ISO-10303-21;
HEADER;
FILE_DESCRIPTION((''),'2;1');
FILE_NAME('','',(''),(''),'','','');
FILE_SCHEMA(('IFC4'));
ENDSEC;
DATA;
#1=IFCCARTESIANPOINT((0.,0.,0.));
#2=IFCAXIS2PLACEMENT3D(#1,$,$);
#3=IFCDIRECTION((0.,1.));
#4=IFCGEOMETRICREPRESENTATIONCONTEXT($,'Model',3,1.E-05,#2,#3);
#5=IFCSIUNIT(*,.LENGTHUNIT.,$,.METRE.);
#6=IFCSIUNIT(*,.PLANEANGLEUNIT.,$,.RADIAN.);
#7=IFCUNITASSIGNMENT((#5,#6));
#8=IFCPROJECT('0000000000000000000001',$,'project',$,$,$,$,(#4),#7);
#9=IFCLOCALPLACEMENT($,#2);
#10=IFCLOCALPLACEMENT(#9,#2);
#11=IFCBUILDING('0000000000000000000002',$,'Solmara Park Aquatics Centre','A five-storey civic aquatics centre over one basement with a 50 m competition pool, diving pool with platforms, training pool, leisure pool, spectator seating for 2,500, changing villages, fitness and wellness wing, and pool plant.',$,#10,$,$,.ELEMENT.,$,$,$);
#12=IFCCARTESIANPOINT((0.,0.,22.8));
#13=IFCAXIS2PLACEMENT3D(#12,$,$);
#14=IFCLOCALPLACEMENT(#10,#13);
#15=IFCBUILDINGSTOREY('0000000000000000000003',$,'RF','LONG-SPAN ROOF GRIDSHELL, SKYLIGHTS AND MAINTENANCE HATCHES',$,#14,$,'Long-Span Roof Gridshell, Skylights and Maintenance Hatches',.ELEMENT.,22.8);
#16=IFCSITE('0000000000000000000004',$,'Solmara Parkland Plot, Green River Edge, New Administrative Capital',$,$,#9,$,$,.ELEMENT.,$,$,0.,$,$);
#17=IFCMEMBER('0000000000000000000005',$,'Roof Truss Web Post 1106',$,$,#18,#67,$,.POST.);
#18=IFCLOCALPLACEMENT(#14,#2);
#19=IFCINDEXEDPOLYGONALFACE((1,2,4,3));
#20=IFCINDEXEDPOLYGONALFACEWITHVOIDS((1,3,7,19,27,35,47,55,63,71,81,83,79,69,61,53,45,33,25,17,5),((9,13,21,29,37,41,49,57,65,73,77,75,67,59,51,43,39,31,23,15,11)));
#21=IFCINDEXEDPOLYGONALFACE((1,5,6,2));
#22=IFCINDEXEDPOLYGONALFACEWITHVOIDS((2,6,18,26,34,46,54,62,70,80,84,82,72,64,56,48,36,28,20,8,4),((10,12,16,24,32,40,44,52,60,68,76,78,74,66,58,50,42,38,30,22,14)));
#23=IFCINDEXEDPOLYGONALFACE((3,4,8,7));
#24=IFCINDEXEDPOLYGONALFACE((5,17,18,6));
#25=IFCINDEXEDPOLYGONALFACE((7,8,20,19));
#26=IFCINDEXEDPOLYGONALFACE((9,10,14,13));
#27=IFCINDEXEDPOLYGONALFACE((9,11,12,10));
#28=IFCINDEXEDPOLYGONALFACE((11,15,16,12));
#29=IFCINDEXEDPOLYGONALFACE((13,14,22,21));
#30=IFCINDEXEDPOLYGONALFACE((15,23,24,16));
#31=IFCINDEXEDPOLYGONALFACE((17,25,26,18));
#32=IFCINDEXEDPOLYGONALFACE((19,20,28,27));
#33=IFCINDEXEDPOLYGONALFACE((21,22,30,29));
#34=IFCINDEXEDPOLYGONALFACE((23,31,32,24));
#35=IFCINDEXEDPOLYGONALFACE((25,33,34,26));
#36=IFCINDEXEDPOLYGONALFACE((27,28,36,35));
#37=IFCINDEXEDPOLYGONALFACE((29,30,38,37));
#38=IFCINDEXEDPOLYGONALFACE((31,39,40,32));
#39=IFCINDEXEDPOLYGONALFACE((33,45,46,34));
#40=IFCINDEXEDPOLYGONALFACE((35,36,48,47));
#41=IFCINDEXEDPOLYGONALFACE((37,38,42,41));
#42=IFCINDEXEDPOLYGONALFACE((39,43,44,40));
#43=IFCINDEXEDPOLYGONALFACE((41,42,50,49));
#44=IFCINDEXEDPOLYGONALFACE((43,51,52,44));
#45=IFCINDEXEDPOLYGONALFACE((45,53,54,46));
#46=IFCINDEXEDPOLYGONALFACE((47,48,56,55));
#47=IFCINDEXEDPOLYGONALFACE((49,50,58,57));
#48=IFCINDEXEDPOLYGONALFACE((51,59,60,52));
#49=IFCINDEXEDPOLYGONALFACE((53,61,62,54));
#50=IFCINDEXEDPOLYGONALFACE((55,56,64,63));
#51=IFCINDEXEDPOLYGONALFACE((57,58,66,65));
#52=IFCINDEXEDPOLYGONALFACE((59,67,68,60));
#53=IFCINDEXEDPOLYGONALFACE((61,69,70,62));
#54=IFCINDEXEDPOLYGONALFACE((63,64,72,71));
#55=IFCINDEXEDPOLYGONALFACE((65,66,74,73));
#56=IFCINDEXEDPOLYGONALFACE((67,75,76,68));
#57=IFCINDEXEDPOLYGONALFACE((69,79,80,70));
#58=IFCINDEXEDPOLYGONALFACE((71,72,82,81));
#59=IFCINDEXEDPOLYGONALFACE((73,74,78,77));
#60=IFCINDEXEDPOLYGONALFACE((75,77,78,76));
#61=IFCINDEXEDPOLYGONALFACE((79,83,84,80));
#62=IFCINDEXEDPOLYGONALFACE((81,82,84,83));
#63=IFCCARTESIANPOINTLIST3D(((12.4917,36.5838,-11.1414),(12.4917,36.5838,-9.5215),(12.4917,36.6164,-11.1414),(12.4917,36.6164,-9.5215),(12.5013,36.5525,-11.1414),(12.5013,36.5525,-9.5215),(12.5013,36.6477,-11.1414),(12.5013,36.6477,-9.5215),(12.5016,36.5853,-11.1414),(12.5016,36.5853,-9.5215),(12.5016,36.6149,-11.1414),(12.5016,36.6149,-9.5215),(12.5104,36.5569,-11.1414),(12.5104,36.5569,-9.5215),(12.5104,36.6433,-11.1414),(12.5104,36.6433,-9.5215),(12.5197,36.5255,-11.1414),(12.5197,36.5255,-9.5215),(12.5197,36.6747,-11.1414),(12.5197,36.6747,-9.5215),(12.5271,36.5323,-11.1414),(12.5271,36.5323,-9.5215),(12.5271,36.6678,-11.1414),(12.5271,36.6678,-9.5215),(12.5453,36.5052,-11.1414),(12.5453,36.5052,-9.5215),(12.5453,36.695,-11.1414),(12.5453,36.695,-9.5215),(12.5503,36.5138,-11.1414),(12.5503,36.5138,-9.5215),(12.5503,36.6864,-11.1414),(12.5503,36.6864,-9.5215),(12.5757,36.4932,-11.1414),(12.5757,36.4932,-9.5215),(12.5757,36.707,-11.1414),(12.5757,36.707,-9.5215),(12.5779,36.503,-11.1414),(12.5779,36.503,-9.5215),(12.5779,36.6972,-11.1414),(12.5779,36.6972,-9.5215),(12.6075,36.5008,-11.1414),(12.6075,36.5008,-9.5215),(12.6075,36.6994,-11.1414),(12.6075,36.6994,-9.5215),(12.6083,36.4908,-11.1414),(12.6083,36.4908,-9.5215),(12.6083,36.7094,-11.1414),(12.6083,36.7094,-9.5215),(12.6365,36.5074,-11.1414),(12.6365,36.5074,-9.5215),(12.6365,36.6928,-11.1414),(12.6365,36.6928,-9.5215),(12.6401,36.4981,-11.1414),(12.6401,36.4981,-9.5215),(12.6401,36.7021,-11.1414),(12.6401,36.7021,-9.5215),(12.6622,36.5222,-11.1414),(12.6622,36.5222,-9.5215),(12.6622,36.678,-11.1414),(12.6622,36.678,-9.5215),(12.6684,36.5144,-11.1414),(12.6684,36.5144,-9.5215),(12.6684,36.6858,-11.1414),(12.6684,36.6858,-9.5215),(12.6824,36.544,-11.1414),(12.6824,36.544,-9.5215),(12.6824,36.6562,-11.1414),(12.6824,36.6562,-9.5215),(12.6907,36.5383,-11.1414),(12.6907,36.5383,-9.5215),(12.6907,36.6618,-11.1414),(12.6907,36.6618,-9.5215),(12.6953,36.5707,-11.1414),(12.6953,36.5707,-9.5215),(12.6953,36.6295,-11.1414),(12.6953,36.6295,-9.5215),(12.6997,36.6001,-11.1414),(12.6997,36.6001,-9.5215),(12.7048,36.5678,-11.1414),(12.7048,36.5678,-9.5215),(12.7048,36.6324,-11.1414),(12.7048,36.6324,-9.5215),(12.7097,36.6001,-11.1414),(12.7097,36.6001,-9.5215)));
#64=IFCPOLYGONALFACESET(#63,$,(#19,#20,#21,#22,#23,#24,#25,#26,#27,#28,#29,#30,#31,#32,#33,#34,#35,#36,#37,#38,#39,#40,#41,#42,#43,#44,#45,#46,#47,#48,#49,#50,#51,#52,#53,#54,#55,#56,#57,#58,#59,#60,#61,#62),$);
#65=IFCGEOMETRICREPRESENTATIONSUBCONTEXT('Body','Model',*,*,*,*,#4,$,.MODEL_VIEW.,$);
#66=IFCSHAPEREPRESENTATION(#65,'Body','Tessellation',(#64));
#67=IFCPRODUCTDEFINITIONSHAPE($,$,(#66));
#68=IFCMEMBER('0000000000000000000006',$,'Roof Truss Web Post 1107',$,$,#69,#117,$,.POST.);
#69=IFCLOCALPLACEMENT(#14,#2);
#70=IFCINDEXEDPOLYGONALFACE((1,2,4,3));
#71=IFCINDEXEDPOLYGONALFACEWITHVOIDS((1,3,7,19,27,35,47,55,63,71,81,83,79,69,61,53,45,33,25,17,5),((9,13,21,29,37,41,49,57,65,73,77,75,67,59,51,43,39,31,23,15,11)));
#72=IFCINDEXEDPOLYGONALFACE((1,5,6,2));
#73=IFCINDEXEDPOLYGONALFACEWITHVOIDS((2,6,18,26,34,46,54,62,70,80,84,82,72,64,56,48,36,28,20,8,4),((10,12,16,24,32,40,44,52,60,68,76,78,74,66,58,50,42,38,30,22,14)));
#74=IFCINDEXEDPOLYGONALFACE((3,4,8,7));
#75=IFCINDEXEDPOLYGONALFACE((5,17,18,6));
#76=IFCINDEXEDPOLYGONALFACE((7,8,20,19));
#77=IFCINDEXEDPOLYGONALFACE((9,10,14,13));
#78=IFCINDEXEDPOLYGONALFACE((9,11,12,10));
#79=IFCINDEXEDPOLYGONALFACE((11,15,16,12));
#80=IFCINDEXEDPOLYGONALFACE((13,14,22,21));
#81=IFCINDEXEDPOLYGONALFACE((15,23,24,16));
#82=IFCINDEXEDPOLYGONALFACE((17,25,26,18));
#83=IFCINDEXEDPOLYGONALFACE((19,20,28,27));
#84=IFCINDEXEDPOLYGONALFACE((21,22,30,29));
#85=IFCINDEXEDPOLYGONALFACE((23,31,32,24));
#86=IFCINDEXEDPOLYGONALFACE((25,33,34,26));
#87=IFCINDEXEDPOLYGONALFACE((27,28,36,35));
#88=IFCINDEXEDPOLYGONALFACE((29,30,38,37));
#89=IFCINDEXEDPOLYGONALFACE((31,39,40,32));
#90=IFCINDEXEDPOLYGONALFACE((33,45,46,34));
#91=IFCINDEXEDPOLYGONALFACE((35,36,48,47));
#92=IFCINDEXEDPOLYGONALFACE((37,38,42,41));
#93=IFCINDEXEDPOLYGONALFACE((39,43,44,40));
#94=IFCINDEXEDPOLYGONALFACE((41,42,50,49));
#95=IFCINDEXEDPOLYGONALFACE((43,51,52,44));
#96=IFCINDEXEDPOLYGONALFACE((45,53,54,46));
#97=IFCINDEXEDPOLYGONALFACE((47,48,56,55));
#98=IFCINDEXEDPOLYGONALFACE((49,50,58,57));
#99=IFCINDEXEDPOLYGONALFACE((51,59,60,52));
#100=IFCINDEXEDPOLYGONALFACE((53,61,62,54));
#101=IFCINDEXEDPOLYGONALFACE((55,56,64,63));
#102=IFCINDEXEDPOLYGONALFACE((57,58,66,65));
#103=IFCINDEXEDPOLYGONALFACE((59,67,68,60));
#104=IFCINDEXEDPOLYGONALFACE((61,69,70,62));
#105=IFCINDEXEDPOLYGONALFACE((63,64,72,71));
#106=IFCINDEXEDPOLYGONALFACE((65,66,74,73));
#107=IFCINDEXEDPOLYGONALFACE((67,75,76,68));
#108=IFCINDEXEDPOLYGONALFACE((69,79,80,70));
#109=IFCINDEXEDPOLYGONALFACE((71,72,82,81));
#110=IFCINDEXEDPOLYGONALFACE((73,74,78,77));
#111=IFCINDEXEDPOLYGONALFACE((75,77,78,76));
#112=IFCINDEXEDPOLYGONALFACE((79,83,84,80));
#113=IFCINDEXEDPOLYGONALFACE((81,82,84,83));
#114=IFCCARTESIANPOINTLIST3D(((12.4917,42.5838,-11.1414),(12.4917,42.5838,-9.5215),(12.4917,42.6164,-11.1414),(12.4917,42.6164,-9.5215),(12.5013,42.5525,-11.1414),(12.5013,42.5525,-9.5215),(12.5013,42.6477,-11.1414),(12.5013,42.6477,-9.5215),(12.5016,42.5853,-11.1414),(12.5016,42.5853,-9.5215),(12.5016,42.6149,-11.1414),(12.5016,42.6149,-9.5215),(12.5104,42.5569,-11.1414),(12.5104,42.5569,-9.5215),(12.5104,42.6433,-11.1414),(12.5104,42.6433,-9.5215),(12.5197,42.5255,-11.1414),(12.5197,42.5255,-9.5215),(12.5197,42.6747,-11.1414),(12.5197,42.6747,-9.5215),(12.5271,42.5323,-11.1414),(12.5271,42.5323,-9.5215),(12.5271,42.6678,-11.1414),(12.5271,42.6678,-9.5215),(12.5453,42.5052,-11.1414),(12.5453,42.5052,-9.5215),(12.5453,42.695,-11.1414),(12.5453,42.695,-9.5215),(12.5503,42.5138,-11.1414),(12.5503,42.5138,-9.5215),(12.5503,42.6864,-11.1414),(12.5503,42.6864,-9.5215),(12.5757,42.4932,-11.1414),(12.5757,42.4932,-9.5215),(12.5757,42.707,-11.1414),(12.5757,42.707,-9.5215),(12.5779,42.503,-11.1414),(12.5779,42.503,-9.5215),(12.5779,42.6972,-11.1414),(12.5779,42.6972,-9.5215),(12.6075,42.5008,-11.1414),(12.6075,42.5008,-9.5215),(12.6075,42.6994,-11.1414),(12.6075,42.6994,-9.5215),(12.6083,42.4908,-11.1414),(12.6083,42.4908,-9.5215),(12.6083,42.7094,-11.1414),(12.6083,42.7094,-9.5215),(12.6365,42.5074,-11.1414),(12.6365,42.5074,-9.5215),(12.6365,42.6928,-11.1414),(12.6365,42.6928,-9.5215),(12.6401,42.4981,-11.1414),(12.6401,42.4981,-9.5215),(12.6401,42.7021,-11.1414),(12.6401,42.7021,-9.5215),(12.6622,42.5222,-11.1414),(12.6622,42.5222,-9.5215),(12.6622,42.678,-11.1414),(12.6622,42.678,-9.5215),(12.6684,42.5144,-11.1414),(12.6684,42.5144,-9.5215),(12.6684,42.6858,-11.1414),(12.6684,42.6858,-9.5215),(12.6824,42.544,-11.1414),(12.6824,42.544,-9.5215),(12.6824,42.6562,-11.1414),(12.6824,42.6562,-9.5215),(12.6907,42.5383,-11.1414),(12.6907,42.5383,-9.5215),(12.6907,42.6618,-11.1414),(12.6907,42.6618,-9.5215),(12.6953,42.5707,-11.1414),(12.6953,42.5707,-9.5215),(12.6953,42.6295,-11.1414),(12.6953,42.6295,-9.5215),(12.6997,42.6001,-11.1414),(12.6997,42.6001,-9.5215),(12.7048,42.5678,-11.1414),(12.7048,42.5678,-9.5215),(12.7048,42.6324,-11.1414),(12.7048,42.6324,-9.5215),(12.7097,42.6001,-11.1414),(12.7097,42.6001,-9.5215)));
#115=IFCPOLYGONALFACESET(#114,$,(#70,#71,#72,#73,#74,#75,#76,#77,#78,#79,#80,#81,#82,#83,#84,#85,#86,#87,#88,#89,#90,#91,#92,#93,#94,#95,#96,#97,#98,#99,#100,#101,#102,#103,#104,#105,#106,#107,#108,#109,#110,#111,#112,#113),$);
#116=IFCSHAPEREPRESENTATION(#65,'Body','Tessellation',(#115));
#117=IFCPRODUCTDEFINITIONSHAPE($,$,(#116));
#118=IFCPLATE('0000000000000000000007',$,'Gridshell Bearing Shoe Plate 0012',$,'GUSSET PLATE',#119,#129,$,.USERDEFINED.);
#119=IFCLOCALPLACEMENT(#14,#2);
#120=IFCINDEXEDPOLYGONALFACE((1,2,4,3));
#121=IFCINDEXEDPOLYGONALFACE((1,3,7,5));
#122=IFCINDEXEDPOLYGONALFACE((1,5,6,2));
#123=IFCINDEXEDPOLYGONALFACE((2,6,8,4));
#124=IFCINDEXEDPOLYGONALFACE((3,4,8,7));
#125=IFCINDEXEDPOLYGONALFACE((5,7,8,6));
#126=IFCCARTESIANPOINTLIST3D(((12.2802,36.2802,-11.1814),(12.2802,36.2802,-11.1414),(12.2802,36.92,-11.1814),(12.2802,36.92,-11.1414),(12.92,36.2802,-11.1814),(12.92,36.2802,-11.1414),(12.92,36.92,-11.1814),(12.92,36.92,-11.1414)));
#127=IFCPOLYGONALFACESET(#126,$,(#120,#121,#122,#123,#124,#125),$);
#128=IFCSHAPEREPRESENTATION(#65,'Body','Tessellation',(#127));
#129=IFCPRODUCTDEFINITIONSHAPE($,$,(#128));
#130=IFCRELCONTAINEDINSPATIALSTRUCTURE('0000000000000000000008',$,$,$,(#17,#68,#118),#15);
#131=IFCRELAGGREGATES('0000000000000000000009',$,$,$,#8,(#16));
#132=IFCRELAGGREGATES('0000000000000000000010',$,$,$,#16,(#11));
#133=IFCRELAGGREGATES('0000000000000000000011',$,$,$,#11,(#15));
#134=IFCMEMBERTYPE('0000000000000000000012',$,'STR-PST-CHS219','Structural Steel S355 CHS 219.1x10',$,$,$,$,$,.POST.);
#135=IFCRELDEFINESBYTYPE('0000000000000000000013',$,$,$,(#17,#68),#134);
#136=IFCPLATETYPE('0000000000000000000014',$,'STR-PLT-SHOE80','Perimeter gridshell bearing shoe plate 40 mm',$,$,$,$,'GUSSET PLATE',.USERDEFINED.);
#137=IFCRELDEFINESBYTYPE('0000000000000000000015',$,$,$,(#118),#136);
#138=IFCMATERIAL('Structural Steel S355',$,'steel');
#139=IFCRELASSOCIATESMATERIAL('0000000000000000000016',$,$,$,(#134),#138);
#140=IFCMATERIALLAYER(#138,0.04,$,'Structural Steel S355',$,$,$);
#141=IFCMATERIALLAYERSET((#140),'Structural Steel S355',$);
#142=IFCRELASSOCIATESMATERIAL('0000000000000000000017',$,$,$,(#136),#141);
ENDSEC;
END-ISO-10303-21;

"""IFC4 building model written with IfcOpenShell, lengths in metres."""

from ifc_helpers import new_model, si_unit, direction, frame, origin, origin_2d, place, context, subcontext, project, spatial, rectangle, hollow_circle, extrude, material, layer, layer_set, material_profile, profile_set, type_object, element, save


model = new_model("IFC4")

# Units and contexts
model_context = context("Model", 3, precision=1e-05, world=origin(), true_north=direction((0.0, 1.0)))
body_context = subcontext(model_context, "Body", "Model", "MODEL_VIEW")
ifc_project = project(units=[si_unit("LENGTHUNIT", "METRE"), si_unit("PLANEANGLEUNIT", "RADIAN")], contexts=[model_context])

# Site, building, storey
site_placement = place(None, origin())
site = spatial("IfcSite", under=ifc_project, at=site_placement, Name="Solmara Parkland Plot, Green River Edge, New Administrative Capital", CompositionType="ELEMENT", RefElevation=0.0)
building_placement = place(site_placement, origin())
building = spatial("IfcBuilding", under=site, at=building_placement, Name="Solmara Park Aquatics Centre", Description="A five-storey civic aquatics centre over one basement with a 50 m competition pool, diving pool with platforms, training pool, leisure pool, spectator seating for 2,500, changing villages, fitness and wellness wing, and pool plant.", CompositionType="ELEMENT")
storey_placement = place(building_placement, frame((0.0, 0.0, 22.8)))
storey = spatial("IfcBuildingStorey", under=building, at=storey_placement, Name="RF", Description="LONG-SPAN ROOF GRIDSHELL, SKYLIGHTS AND MAINTENANCE HATCHES", LongName="Long-Span Roof Gridshell, Skylights and Maintenance Hatches", CompositionType="ELEMENT", Elevation=22.8)

# Members
ifc_material_1 = material(Name="Structural Steel S355", Category="steel")
ifc_material_profile_1 = material_profile(ifc_material_1, hollow_circle(Radius=0.1096, WallThickness=0.01, at=origin_2d()), Name="CHS 219.1x10")
ifc_profile_set_1 = profile_set([ifc_material_profile_1], Name="Structural Steel S355")
member_type_1 = type_object("IfcMemberType", Name="STR-PST-CHS219", Description="Structural Steel S355 CHS 219.1x10", PredefinedType="POST", material=ifc_profile_set_1)
for number, where, z_axis, x_axis, name in (
    (1, (12.6001, 36.6001, -11.1414), (0.0, 0.0, 1.0), (1.0, 0.0, 0.0), "Roof Truss Web Post 1106"),
    (2, (12.6001, 42.6001, -11.1414), (0.0, 0.0, 1.0), (1.0, 0.0, 0.0), "Roof Truss Web Post 1107"),
):
    element("IfcMember", number, at=place(storey_placement, frame(where, z_axis=z_axis, x_axis=x_axis)), inside=storey, type_object=member_type_1, Name=name, PredefinedType="POST", context=body_context, shape_type="SweptSolid", body=[
        extrude(hollow_circle(Radius=0.1096, WallThickness=0.01, at=origin_2d()), origin(), (0.0, 0.0, 1.0), 1.6199),
    ])

# Plate
ifc_layer = layer(ifc_material_1, 0.04, Name="Structural Steel S355")
ifc_layer_set = layer_set([ifc_layer], Name="Structural Steel S355")
plate_type = type_object("IfcPlateType", Name="STR-PLT-SHOE80", Description="Perimeter gridshell bearing shoe plate 40 mm", ElementType="GUSSET PLATE", PredefinedType="USERDEFINED", material=ifc_layer_set)
plate_placement = place(storey_placement, frame((12.6001, 36.6001, -11.1814), z_axis=(0.0, 0.0, 1.0), x_axis=(1.0, 0.0, 0.0)))
element("IfcPlate", 3, at=plate_placement, inside=storey, type_object=plate_type, Name="Gridshell Bearing Shoe Plate 0012", ObjectType="GUSSET PLATE", PredefinedType="USERDEFINED", context=body_context, shape_type="SweptSolid", body=[
    extrude(rectangle(XDim=0.6399, YDim=0.6399, at=origin_2d()), origin(), (0.0, 0.0, 1.0), 0.04),
])

save(model, "model.ifc")
